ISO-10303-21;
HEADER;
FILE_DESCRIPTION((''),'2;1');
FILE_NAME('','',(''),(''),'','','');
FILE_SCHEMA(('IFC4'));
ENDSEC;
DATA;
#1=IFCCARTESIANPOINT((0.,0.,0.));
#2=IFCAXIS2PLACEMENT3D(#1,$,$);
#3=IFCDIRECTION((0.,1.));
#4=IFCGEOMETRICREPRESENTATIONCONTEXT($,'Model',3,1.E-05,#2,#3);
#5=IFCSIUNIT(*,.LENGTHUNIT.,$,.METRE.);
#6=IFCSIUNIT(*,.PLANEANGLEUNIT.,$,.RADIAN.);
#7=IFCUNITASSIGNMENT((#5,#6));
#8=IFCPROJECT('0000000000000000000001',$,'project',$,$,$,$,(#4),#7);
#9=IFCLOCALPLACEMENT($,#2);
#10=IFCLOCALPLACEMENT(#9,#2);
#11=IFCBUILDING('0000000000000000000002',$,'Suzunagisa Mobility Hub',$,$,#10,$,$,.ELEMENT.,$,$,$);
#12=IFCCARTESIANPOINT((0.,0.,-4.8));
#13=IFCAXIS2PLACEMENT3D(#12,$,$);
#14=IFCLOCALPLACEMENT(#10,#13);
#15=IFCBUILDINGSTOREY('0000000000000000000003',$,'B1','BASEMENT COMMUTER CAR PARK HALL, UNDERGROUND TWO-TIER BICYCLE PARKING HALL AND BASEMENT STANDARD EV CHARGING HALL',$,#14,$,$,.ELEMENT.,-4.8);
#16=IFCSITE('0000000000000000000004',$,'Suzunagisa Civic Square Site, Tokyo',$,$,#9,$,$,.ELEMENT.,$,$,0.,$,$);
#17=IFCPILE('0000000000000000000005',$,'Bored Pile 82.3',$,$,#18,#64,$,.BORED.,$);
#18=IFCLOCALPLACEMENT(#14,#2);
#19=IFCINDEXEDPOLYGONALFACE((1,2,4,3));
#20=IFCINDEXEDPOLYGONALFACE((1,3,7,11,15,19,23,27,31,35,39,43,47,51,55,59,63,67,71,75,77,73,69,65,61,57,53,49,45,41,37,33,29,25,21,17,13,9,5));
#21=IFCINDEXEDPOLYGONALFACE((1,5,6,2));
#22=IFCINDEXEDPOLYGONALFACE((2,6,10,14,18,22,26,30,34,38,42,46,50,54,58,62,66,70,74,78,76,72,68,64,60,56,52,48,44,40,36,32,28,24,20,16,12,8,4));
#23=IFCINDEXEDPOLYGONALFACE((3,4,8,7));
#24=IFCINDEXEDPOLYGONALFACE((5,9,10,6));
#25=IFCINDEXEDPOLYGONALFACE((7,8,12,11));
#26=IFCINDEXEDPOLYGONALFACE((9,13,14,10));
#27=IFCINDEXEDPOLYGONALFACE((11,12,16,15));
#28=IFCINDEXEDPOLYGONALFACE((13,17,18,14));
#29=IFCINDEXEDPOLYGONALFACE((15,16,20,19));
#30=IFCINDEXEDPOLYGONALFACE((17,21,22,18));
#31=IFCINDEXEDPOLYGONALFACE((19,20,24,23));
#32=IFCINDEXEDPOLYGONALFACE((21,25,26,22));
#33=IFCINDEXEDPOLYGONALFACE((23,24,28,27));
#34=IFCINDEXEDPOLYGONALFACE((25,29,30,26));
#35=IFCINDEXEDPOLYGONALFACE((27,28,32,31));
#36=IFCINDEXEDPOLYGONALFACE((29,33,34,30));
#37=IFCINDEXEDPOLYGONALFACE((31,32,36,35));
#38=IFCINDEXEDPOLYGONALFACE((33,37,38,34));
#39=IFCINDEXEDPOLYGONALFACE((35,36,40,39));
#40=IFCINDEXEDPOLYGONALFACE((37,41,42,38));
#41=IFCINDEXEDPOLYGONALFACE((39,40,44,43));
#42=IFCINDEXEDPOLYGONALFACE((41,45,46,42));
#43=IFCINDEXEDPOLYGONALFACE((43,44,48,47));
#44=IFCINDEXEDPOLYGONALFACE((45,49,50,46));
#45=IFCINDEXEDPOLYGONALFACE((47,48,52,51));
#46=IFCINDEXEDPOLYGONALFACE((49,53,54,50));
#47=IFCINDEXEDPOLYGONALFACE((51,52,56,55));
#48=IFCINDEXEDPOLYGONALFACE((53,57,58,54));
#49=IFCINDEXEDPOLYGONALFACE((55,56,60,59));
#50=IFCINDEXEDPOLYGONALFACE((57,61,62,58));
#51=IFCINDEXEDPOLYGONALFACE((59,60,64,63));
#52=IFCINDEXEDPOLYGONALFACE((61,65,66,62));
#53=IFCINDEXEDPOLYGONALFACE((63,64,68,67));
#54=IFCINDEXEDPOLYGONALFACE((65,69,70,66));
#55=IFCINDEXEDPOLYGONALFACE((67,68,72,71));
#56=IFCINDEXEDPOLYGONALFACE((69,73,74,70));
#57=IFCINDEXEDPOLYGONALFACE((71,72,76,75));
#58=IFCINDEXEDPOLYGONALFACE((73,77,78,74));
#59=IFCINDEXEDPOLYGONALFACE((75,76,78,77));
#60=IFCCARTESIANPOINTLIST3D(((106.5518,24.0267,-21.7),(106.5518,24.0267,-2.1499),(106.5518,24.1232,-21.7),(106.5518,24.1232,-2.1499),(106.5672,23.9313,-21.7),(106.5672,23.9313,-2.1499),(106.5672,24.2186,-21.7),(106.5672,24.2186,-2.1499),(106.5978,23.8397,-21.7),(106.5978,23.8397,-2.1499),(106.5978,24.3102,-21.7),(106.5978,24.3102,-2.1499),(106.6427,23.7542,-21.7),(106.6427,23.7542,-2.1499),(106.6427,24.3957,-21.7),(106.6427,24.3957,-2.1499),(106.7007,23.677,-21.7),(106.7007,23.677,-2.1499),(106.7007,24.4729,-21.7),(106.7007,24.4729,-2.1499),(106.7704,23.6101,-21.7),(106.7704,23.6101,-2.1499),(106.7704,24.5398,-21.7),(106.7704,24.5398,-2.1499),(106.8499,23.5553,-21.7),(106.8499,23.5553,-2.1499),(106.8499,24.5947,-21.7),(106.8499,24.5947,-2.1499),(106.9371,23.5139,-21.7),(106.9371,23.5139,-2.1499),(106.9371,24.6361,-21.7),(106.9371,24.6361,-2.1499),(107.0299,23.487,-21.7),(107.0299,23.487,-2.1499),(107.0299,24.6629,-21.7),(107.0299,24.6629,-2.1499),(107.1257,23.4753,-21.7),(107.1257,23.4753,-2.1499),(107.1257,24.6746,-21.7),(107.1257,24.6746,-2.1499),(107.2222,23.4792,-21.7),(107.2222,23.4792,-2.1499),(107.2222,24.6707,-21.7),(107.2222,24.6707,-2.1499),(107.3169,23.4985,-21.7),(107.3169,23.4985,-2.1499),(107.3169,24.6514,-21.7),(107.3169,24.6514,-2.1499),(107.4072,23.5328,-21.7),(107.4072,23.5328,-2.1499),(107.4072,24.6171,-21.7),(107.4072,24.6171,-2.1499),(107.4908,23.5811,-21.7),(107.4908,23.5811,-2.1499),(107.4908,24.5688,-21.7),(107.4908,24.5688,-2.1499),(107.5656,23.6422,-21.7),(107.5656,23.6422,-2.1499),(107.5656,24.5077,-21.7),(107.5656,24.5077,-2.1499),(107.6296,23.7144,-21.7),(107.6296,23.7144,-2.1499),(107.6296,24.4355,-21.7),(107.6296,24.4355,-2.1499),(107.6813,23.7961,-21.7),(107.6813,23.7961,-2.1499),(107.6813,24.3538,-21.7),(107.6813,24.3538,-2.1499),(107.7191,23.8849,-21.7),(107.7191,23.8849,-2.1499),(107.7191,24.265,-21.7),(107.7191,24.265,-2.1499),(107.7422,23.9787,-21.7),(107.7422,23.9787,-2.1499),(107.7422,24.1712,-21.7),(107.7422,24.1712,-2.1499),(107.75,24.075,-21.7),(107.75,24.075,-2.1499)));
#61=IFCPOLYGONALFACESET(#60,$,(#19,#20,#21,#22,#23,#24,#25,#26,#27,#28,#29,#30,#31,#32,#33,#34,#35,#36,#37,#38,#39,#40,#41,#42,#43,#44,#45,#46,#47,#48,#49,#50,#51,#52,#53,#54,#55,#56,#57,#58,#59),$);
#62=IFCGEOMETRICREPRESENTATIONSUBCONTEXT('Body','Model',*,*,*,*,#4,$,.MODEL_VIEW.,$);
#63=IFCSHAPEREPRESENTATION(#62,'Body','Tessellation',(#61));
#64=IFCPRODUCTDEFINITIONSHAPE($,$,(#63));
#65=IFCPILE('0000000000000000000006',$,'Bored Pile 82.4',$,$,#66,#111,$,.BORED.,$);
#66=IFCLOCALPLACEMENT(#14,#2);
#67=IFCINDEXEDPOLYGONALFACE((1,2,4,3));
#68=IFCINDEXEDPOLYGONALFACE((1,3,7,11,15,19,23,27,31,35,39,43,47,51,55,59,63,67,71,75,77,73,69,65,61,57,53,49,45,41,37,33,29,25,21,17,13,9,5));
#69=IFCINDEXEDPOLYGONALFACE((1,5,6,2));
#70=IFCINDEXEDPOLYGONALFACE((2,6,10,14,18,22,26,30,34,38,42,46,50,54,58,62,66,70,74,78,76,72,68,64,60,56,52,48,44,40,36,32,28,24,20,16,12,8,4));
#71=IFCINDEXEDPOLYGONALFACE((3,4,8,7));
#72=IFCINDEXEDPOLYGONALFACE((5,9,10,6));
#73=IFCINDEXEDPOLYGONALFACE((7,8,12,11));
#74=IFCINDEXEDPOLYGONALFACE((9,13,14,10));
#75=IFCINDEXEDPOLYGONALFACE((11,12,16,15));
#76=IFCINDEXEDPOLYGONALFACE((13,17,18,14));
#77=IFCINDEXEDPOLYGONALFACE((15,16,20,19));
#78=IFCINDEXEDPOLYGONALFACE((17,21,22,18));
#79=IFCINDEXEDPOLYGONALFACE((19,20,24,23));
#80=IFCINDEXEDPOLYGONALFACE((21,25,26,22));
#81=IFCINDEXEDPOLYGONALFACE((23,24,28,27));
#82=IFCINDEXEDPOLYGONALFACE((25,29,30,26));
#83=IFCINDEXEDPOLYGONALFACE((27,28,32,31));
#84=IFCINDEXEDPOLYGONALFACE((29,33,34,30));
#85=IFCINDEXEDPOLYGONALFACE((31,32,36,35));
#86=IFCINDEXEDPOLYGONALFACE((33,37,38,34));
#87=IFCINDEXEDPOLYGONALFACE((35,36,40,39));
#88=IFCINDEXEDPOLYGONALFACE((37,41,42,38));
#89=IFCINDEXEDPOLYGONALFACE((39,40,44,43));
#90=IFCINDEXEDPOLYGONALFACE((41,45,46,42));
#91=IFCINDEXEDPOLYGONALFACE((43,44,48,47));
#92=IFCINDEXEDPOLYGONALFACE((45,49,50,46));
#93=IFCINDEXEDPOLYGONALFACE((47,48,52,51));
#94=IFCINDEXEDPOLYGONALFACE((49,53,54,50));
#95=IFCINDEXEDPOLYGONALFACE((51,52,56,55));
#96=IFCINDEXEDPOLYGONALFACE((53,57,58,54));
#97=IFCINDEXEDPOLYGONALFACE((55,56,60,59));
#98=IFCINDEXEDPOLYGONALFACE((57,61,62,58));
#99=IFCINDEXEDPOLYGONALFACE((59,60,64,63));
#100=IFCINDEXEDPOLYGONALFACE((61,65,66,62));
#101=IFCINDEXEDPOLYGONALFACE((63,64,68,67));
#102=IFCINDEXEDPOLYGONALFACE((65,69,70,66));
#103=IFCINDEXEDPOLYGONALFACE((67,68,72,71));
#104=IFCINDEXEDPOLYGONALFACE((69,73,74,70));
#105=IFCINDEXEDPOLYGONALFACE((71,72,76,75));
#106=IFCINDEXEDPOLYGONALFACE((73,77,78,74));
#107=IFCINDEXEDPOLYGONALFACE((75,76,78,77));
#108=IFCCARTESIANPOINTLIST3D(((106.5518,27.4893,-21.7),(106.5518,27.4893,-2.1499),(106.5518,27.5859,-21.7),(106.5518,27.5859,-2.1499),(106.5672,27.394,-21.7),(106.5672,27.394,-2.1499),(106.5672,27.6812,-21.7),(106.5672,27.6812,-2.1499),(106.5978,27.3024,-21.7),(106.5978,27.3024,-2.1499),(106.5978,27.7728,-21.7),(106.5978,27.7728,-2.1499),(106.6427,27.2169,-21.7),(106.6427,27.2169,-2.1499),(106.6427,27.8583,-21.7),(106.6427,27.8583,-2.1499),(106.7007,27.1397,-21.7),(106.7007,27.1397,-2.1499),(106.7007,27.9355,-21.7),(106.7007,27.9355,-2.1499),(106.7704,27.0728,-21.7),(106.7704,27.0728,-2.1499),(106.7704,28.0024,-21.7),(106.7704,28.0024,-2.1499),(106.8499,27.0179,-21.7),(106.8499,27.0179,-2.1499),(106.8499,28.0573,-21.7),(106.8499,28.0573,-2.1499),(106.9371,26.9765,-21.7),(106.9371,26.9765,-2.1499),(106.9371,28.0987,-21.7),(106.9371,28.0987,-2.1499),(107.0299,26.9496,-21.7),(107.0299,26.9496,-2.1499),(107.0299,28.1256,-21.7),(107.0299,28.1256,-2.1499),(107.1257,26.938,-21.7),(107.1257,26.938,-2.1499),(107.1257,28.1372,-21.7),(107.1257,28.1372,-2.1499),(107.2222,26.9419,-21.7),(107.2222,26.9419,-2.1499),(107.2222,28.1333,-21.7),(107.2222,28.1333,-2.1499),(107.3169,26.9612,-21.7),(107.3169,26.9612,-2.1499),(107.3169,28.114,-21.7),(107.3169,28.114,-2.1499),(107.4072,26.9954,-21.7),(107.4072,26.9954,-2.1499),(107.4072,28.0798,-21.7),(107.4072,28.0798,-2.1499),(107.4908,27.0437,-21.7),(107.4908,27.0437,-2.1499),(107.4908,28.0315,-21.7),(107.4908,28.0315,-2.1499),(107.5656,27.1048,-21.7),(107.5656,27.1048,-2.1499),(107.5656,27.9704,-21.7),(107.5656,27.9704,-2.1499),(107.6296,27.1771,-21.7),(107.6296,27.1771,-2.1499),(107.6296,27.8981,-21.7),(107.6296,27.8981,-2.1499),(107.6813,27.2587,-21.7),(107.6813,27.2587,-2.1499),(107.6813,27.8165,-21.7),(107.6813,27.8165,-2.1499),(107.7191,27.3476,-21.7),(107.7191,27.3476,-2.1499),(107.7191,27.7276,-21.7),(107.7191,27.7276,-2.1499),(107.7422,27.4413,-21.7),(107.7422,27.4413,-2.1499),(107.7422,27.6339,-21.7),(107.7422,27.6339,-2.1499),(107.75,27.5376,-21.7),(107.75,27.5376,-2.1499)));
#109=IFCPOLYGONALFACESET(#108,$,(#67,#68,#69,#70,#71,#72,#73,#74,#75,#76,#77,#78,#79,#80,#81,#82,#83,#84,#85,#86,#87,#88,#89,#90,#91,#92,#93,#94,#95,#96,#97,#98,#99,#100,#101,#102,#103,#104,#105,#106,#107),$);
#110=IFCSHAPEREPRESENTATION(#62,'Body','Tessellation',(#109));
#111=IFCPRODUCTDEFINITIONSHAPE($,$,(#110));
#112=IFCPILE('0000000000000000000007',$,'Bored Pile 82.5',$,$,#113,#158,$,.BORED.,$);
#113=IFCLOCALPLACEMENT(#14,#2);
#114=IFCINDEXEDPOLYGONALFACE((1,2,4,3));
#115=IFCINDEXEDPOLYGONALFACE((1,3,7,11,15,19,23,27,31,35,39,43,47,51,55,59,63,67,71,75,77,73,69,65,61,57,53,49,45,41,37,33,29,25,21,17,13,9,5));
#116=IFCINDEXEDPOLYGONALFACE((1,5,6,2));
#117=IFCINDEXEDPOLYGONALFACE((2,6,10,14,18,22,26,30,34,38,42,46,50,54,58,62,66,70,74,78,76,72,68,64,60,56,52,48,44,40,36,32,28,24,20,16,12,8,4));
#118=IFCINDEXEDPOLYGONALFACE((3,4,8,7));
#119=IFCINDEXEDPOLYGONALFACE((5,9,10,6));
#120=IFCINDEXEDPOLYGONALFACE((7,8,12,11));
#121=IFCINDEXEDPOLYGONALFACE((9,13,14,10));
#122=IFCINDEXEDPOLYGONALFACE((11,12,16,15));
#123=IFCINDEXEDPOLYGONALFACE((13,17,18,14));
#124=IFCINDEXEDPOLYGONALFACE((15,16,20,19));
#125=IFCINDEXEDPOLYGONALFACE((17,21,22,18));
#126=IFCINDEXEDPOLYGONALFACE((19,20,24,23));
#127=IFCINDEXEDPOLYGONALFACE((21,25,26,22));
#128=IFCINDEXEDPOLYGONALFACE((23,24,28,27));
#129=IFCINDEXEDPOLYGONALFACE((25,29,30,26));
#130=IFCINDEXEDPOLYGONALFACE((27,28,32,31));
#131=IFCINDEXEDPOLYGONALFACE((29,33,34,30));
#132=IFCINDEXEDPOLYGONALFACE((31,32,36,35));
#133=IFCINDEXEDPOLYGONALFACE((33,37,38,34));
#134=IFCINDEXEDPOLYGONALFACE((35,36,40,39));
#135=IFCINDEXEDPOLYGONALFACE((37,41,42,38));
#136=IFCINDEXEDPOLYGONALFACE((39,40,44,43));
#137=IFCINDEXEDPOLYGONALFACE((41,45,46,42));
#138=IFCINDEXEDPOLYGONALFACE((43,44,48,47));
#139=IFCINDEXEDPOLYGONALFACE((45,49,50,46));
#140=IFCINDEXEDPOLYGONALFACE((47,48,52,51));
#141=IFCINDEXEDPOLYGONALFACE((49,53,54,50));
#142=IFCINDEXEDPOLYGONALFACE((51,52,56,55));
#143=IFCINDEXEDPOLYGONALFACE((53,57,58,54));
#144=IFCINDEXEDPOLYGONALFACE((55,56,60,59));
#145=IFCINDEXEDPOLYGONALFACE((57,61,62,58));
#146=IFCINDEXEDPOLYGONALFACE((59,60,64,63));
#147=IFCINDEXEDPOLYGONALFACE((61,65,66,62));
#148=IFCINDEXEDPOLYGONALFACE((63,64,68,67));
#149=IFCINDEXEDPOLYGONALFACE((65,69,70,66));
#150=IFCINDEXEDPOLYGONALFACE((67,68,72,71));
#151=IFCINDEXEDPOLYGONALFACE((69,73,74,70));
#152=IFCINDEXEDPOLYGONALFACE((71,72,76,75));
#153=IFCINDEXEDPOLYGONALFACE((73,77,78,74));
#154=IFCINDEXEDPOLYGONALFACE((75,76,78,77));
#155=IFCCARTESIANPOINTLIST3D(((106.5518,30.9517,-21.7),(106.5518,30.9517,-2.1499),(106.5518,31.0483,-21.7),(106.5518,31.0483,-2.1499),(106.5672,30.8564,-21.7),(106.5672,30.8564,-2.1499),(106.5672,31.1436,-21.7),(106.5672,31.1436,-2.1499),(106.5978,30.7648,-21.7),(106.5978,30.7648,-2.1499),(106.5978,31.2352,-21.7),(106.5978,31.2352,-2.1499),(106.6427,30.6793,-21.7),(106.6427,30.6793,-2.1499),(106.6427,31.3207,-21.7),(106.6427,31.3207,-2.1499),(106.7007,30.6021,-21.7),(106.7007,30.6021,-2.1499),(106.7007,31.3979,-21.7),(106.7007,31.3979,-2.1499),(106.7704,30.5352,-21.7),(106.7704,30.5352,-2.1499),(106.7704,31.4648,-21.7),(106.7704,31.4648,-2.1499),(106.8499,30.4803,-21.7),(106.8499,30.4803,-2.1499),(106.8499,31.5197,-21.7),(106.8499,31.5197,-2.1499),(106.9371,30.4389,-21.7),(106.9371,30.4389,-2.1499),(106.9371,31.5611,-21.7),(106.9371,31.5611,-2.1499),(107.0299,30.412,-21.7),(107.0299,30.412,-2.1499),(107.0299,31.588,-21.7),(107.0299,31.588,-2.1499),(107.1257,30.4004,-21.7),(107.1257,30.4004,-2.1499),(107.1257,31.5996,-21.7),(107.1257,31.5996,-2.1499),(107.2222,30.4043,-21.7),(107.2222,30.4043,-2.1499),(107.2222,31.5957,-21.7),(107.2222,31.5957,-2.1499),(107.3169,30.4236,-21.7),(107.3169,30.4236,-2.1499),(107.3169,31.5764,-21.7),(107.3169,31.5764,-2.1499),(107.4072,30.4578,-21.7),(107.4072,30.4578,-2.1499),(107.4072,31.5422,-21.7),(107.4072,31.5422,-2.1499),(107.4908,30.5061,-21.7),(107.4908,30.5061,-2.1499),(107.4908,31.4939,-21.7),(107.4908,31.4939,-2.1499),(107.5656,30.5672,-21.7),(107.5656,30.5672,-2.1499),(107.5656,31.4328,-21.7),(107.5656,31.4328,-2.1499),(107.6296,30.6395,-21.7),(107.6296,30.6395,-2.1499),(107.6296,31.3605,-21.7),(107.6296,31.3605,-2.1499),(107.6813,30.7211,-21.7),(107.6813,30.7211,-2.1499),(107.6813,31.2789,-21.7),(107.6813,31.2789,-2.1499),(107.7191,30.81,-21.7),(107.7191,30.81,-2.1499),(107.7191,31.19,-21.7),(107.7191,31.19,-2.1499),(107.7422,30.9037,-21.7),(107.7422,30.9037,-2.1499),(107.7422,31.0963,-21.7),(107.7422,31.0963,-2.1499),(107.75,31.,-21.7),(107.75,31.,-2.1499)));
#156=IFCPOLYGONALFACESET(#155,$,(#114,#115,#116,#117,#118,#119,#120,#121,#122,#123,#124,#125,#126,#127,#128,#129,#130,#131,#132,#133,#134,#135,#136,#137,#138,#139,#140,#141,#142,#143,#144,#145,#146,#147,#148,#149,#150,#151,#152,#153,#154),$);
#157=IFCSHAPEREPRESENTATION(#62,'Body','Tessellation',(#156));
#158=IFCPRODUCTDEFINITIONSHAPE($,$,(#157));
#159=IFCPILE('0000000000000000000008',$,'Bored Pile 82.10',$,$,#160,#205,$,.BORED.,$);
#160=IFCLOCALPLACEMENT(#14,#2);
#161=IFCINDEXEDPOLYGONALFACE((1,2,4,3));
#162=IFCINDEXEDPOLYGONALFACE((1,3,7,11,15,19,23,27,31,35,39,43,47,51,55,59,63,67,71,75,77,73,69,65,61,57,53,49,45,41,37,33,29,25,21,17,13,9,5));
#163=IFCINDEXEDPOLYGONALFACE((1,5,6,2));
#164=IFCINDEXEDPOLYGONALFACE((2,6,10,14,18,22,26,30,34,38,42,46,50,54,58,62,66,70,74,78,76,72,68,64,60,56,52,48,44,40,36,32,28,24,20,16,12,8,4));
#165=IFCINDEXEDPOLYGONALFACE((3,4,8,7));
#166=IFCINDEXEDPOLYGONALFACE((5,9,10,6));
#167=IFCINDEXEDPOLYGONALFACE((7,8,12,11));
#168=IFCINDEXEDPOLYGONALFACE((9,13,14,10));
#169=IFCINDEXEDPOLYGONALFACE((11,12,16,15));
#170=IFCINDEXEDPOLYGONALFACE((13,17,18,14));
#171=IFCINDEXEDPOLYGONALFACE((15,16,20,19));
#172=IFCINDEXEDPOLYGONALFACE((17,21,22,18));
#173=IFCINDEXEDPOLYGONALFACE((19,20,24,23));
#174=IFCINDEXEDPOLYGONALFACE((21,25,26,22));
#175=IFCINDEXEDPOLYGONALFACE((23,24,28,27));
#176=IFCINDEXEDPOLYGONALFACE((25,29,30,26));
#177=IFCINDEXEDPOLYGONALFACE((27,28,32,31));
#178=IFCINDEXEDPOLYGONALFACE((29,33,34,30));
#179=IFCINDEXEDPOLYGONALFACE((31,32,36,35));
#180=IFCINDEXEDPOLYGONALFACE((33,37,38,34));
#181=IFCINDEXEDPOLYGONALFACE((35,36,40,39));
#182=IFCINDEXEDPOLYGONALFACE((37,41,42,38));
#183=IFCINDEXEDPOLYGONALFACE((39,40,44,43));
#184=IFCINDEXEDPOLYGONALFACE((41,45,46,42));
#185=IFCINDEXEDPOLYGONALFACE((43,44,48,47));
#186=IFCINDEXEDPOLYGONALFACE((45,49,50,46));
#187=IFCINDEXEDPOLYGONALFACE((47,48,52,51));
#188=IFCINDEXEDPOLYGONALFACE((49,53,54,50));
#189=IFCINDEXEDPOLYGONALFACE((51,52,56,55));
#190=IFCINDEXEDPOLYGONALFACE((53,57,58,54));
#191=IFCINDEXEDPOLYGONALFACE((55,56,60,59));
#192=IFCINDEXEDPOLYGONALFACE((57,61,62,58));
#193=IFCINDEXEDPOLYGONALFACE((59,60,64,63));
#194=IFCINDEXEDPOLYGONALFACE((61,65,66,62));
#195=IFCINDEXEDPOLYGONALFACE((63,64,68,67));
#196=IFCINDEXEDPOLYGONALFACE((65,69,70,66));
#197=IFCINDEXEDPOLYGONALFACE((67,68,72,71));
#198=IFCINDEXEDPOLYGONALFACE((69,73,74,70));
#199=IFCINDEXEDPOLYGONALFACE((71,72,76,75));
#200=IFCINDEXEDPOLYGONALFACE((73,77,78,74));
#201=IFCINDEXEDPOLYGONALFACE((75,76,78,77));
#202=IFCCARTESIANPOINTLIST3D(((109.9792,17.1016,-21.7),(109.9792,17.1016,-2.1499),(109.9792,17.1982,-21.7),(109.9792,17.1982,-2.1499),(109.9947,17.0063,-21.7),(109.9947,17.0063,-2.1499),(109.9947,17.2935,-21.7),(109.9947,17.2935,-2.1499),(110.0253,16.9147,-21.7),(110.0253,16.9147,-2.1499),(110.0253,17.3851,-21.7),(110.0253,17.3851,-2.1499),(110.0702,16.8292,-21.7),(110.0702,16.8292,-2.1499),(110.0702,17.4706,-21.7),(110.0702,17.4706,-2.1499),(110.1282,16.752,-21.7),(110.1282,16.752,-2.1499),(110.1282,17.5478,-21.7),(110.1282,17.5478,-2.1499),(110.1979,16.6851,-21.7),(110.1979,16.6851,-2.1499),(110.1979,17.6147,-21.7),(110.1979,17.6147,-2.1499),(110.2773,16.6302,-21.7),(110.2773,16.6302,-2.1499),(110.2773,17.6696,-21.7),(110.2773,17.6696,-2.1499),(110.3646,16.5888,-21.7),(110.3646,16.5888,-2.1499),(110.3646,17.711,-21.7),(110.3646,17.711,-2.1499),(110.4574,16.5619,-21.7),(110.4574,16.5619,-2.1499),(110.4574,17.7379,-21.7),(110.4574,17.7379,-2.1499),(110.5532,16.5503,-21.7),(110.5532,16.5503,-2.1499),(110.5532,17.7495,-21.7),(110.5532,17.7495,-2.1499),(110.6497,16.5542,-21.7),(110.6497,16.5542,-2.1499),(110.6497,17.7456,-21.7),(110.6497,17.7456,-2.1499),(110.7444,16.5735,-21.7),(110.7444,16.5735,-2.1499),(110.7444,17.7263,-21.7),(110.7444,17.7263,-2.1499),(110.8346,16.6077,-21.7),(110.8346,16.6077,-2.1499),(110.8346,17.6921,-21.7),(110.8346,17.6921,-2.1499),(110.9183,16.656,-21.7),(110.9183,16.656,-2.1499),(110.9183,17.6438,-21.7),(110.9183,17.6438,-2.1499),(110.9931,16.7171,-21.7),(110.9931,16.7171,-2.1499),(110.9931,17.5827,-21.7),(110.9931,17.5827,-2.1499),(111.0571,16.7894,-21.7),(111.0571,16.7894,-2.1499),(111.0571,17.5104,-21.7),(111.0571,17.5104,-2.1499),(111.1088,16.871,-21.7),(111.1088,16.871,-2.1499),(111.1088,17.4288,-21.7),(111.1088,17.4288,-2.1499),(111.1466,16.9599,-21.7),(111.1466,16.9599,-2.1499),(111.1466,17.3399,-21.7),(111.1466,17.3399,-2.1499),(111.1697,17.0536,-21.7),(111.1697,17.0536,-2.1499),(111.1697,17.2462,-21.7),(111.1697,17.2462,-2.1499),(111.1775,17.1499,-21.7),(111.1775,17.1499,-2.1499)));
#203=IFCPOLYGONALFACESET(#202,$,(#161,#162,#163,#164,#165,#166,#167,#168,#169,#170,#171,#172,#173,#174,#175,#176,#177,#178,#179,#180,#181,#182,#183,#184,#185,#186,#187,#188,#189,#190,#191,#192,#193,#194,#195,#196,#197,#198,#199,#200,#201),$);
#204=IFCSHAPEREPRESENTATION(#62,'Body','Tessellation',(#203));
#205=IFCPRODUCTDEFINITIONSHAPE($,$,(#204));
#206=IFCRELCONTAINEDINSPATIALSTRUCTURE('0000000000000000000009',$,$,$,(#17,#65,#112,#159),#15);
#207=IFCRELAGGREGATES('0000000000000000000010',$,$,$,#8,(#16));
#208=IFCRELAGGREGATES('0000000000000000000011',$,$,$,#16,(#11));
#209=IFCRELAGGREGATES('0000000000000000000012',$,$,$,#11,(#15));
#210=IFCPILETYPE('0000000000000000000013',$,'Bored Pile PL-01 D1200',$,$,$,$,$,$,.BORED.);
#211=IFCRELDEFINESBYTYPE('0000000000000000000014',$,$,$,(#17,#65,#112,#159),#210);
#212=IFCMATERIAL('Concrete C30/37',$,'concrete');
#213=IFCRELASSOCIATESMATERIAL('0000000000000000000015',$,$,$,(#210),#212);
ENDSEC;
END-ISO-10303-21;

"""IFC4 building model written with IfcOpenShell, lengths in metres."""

from ifc_helpers import new_model, si_unit, direction, frame, origin, origin_2d, place, context, subcontext, project, spatial, circle, extrude, material, material_profile, profile_set, type_object, element, save


model = new_model("IFC4")

# Units and contexts
model_context = context("Model", 3, precision=1e-05, world=origin(), true_north=direction((0.0, 1.0)))
body_context = subcontext(model_context, "Body", "Model", "MODEL_VIEW")
ifc_project = project(units=[si_unit("LENGTHUNIT", "METRE"), si_unit("PLANEANGLEUNIT", "RADIAN")], contexts=[model_context])

# Site, building, storey
site_placement = place(None, origin())
site = spatial("IfcSite", under=ifc_project, at=site_placement, Name="Suzunagisa Civic Square Site, Tokyo", CompositionType="ELEMENT", RefElevation=0.0)
building_placement = place(site_placement, origin())
building = spatial("IfcBuilding", under=site, at=building_placement, Name="Suzunagisa Mobility Hub", CompositionType="ELEMENT")
storey_placement = place(building_placement, frame((0.0, 0.0, -4.8)))
storey = spatial("IfcBuildingStorey", under=building, at=storey_placement, Name="B1", Description="BASEMENT COMMUTER CAR PARK HALL, UNDERGROUND TWO-TIER BICYCLE PARKING HALL AND BASEMENT STANDARD EV CHARGING HALL", CompositionType="ELEMENT", Elevation=-4.8)

# Piles
ifc_material_1 = material(Name="Concrete C30/37", Category="concrete")
ifc_material_profile_1 = material_profile(ifc_material_1, circle(Radius=0.6001, at=origin_2d()), Name="BORED PILE D1200")
ifc_profile_set_1 = profile_set([ifc_material_profile_1], Name="Concrete C30/37")
pile_type = type_object("IfcPileType", Name="Bored Pile PL-01 D1200", PredefinedType="BORED", material=ifc_profile_set_1)
for number, where, z_axis, x_axis, name in (
    (1, (107.1499, 24.075, -2.1499), (0.0, 0.0, -1.0), (1.0, 0.0, 0.0), "Bored Pile 82.3"),
    (2, (107.1499, 27.5376, -2.1499), (0.0, 0.0, -1.0), (1.0, 0.0, 0.0), "Bored Pile 82.4"),
    (3, (107.1499, 31.0, -2.1499), (0.0, 0.0, -1.0), (1.0, 0.0, 0.0), "Bored Pile 82.5"),
    (4, (110.5774, 17.1499, -2.1499), (0.0, 0.0, -1.0), (1.0, 0.0, 0.0), "Bored Pile 82.10"),
):
    element("IfcPile", number, at=place(storey_placement, frame(where, z_axis=z_axis, x_axis=x_axis)), inside=storey, type_object=pile_type, Name=name, PredefinedType="BORED", context=body_context, shape_type="SweptSolid", body=[
        extrude(circle(Radius=0.6001, at=origin_2d()), origin(), (0.0, 0.0, 1.0), 19.55),
    ])

save(model, "model.ifc")
